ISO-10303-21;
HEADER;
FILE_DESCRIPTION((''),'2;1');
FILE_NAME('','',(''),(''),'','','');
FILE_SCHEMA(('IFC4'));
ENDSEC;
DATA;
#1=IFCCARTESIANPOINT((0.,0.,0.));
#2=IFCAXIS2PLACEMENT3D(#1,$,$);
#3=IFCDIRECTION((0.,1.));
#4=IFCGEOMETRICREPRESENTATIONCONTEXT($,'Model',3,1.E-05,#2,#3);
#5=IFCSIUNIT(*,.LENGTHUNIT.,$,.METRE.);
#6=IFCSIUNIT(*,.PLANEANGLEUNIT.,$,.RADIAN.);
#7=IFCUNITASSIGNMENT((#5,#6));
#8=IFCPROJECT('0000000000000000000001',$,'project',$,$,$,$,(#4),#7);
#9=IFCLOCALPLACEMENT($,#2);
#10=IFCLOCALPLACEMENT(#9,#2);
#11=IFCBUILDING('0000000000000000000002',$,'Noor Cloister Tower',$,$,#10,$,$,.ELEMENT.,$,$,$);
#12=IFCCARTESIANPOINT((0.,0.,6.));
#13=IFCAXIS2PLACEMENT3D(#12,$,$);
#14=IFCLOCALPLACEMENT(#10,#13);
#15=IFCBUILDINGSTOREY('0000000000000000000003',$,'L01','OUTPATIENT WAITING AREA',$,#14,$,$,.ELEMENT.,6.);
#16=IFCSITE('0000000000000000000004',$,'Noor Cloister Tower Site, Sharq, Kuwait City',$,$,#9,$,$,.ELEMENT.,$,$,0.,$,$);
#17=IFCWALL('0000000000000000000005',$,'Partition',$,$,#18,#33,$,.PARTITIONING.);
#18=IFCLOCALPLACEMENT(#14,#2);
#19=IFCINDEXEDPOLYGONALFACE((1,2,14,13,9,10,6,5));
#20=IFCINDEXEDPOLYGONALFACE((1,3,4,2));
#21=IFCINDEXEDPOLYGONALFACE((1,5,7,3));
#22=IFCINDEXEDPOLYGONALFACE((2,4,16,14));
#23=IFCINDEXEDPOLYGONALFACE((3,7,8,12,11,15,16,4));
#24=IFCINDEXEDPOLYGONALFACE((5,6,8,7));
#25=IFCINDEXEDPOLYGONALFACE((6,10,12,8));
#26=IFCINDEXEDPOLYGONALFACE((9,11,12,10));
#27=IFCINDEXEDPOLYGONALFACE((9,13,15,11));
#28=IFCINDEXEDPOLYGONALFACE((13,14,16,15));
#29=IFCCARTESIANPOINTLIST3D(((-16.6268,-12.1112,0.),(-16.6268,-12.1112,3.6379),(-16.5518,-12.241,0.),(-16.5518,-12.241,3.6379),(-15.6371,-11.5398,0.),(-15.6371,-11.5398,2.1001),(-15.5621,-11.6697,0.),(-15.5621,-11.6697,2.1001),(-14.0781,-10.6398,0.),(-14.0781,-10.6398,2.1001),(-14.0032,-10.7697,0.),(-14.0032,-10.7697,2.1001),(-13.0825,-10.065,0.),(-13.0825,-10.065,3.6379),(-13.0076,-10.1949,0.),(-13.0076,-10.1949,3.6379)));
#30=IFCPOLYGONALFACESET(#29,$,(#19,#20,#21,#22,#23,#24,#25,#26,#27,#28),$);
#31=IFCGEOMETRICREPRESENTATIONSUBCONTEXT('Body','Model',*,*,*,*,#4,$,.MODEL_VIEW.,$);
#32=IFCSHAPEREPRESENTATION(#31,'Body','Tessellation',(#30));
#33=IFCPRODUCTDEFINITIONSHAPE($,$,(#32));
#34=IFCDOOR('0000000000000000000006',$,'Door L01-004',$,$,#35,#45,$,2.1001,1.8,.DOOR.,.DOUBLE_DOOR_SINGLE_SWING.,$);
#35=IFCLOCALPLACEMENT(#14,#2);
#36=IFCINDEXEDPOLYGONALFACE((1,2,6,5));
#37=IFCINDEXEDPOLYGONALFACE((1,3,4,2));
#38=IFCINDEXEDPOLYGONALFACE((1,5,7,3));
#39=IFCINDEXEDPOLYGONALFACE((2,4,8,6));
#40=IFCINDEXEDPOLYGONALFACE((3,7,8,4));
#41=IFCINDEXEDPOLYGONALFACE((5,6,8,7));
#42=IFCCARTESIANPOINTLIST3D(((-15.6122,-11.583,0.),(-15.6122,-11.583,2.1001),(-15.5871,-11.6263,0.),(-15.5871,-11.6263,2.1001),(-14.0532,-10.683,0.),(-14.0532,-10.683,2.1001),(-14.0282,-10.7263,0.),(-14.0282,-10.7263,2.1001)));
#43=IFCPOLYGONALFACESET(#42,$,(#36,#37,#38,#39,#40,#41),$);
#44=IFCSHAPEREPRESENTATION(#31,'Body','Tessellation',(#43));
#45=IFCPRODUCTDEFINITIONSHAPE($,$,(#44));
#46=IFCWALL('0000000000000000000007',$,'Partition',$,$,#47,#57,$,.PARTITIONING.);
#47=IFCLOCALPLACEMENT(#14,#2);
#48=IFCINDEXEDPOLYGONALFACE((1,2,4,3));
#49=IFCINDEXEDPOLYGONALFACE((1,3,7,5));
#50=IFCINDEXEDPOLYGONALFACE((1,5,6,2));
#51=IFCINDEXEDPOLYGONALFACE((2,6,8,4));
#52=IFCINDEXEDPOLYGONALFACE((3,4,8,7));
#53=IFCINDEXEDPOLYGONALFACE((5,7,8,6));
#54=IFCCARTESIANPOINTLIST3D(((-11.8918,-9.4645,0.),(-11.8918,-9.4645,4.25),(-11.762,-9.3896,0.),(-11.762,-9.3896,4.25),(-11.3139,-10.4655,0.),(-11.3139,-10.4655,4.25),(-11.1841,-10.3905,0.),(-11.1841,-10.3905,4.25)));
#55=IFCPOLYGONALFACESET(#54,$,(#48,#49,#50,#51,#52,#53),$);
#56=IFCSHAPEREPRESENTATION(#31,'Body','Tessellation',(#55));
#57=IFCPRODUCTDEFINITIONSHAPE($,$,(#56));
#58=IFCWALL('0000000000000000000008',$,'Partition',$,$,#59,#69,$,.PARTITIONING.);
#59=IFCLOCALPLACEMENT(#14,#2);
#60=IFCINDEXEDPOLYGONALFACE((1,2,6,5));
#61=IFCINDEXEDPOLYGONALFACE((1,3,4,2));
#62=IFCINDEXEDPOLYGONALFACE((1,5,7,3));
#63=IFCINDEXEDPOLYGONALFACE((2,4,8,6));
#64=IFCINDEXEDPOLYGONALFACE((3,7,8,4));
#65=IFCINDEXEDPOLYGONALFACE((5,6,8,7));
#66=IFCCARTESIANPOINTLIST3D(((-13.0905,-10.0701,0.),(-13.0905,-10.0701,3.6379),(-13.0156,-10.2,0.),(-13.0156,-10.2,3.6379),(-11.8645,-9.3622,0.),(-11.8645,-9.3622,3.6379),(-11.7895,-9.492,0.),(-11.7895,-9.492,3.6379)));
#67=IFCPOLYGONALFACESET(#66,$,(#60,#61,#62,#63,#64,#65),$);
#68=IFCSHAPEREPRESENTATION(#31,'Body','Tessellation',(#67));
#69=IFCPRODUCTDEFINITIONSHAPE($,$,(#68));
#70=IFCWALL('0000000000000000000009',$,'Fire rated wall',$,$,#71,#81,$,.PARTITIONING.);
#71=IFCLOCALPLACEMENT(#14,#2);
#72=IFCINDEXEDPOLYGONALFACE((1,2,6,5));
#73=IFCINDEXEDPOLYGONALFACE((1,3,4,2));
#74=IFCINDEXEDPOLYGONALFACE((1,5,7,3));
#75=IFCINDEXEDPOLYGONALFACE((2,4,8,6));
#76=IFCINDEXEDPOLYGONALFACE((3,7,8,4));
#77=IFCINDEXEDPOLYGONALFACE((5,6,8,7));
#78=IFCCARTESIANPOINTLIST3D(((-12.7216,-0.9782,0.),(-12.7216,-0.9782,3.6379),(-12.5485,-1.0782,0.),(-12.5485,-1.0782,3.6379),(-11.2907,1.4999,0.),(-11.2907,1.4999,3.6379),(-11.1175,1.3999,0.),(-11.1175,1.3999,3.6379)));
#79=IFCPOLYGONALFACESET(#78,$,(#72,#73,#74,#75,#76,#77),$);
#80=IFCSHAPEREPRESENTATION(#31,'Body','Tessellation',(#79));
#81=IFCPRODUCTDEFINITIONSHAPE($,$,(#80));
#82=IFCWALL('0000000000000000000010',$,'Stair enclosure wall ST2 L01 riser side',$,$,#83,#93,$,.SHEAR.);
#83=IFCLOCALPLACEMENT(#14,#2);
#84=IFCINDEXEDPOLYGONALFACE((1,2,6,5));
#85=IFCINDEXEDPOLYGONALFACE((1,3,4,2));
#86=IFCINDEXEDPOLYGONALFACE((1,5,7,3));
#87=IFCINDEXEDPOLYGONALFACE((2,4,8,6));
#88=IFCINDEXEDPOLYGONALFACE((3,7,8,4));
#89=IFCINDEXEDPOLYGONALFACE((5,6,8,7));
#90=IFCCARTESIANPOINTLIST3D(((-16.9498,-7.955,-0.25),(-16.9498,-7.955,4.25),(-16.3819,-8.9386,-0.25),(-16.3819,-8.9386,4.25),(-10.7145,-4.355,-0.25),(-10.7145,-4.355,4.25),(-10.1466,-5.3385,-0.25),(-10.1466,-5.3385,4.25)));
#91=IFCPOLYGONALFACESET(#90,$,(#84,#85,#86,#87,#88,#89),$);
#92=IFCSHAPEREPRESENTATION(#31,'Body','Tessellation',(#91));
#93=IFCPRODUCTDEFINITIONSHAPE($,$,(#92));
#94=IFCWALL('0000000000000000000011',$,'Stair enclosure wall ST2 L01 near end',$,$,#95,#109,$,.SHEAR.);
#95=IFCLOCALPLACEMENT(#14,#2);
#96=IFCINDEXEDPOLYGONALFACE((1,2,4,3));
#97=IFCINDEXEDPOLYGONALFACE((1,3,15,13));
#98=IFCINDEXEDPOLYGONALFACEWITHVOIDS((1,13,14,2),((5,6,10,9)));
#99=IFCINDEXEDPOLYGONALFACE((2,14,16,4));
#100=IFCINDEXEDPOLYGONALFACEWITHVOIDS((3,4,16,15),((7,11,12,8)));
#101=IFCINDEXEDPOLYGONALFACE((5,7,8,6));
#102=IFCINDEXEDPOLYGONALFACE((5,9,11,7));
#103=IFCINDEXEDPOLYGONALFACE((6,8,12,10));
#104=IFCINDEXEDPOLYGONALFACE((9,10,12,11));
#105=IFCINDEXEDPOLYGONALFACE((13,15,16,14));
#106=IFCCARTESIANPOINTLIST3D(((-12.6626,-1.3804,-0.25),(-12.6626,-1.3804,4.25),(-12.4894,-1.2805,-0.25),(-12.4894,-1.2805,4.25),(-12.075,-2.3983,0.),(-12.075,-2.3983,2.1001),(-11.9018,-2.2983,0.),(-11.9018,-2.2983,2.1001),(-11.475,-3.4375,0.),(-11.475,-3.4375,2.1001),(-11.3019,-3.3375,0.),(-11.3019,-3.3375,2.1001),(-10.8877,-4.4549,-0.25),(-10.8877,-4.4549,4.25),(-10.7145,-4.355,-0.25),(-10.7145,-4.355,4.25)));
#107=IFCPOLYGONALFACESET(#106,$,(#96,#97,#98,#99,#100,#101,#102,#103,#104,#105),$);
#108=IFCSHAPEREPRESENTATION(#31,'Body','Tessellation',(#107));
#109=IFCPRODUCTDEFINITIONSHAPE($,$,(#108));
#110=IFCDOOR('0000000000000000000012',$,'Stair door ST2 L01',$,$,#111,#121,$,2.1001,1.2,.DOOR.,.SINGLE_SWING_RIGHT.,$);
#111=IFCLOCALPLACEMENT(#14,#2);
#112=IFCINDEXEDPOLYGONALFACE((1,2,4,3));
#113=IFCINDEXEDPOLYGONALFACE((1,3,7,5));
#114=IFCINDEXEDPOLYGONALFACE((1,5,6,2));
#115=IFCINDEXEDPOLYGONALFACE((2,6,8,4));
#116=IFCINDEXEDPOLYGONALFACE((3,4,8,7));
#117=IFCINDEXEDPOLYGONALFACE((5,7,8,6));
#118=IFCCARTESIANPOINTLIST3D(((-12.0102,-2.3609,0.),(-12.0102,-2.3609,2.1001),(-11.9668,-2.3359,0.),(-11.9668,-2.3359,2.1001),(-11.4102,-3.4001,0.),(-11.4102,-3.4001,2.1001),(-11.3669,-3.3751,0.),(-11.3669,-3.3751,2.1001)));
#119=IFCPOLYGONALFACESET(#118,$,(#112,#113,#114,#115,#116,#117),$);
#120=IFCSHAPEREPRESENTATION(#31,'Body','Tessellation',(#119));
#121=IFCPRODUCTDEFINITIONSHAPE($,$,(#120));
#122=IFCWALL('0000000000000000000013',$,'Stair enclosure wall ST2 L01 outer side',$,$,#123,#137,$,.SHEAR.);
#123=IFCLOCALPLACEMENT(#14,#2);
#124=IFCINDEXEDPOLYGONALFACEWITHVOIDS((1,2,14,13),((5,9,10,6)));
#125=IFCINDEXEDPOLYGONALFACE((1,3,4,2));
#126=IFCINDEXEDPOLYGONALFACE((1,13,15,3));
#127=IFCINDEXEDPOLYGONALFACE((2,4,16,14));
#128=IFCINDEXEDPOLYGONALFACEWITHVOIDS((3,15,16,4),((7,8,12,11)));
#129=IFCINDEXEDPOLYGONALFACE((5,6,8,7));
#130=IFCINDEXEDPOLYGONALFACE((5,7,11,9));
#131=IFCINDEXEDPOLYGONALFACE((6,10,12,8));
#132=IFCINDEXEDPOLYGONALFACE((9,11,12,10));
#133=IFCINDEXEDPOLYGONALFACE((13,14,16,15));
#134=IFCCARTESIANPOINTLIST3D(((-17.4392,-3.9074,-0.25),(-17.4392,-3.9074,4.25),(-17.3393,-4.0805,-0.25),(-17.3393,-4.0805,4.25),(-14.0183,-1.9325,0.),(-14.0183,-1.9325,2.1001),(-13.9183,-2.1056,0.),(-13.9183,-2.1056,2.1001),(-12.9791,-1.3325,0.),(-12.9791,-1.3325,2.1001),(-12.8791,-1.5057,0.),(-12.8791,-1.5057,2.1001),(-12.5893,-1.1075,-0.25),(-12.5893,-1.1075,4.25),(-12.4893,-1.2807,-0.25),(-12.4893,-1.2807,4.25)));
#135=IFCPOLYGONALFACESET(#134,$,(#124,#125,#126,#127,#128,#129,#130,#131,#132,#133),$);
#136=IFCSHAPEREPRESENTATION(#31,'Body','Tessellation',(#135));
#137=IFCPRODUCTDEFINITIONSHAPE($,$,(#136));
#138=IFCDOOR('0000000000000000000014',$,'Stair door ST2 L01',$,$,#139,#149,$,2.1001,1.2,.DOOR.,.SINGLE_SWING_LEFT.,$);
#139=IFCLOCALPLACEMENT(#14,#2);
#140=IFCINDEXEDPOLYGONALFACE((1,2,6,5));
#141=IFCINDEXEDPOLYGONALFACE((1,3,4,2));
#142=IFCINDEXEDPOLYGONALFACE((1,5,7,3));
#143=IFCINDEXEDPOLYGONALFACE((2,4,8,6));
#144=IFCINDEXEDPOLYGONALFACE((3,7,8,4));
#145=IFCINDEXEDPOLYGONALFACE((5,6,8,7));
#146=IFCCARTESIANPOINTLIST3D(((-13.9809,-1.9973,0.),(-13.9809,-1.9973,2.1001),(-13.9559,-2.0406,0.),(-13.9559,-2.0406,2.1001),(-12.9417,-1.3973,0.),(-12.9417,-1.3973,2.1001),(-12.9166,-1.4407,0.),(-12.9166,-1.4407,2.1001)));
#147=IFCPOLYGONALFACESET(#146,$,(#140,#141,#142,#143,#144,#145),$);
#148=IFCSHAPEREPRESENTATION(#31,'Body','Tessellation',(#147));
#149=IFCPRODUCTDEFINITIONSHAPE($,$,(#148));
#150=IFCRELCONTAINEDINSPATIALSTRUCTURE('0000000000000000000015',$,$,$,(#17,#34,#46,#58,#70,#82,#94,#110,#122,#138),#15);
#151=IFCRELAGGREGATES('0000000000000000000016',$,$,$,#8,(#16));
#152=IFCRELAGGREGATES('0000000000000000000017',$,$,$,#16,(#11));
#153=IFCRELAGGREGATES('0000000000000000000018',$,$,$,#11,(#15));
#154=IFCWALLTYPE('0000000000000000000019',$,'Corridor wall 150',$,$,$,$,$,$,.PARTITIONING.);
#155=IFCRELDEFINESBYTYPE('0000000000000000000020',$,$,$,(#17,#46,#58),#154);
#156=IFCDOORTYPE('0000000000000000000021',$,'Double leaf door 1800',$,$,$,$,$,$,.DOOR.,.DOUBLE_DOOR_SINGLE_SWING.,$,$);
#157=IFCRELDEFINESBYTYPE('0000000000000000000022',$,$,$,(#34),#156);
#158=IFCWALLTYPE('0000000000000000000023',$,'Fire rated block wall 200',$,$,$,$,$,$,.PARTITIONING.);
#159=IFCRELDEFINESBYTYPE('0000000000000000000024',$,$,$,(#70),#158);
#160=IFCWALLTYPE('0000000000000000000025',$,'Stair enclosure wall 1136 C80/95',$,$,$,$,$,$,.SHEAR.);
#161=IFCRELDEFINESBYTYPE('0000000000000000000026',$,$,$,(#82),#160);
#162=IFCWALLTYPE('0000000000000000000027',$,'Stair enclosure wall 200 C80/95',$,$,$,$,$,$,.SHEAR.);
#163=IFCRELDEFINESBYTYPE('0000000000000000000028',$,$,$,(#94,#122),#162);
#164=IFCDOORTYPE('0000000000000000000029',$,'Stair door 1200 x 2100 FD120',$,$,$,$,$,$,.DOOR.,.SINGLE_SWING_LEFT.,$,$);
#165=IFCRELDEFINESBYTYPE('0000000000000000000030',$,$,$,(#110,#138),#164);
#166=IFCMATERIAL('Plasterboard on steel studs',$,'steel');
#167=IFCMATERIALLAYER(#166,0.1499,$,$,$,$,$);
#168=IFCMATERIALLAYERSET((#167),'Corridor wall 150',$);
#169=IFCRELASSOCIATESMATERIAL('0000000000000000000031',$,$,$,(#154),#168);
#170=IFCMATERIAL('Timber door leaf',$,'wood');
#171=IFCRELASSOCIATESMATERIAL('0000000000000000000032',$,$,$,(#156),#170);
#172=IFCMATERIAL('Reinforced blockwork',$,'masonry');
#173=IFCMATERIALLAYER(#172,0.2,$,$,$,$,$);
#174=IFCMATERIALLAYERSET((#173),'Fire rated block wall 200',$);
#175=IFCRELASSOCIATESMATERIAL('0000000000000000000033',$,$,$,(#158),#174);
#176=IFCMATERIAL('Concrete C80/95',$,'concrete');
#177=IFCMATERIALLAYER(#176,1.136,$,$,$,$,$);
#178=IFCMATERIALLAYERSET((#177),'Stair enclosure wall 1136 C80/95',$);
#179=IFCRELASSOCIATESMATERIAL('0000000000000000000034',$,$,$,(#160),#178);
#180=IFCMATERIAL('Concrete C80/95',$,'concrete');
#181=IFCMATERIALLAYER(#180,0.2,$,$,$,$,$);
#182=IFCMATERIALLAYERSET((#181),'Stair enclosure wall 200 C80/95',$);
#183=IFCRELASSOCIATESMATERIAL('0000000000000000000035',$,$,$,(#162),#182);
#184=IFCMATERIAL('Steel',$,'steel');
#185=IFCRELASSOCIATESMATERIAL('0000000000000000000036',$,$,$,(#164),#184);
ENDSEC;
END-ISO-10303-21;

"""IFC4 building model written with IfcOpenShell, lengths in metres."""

from ifc_helpers import new_model, si_unit, direction, frame, frame_2d, origin, place, context, subcontext, project, spatial, rectangle, extrude, material, layer, layer_set, type_object, element, fill, save


model = new_model("IFC4")

# Units and contexts
model_context = context("Model", 3, precision=1e-05, world=origin(), true_north=direction((0.0, 1.0)))
body_context = subcontext(model_context, "Body", "Model", "MODEL_VIEW")
ifc_project = project(units=[si_unit("LENGTHUNIT", "METRE"), si_unit("PLANEANGLEUNIT", "RADIAN")], contexts=[model_context])

# Site, building, storey
site_placement = place(None, origin())
site = spatial("IfcSite", under=ifc_project, at=site_placement, Name="Noor Cloister Tower Site, Sharq, Kuwait City", CompositionType="ELEMENT", RefElevation=0.0)
building_placement = place(site_placement, origin())
building = spatial("IfcBuilding", under=site, at=building_placement, Name="Noor Cloister Tower", CompositionType="ELEMENT")
storey_placement = place(building_placement, frame((0.0, 0.0, 6.0)))
storey = spatial("IfcBuildingStorey", under=building, at=storey_placement, Name="L01", Description="OUTPATIENT WAITING AREA", CompositionType="ELEMENT", Elevation=6.0)

# Wall, opening, door
ifc_material_1 = material(Name="Plasterboard on steel studs", Category="steel")
ifc_layer_1 = layer(ifc_material_1, 0.1499)
ifc_layer_set_1 = layer_set([ifc_layer_1], Name="Corridor wall 150")
wall_type_1 = type_object("IfcWallType", Name="Corridor wall 150", PredefinedType="PARTITIONING", material=ifc_layer_set_1)
wall_1_placement = place(storey_placement, frame((-13.0449, -10.1299, 0.0), z_axis=(0.0, 0.0, 1.0), x_axis=(-0.866036, -0.499982, 0.0)))
wall_1 = element("IfcWall", 1, at=wall_1_placement, inside=storey, type_object=wall_type_1, Name="Partition", PredefinedType="PARTITIONING", context=body_context, shape_type="SweptSolid", body=[
    extrude(rectangle(XDim=4.0925, YDim=0.1499, at=frame_2d((2.0464, 0.0))), origin(), (0.0, 0.0, 1.0), 3.6379),
])
opening_1_placement = place(wall_1_placement, frame((1.1499, 0.0, 0.0)))
opening_1 = element("IfcOpeningElement", 2, at=opening_1_placement, cuts=wall_1, PredefinedType="OPENING", context=body_context, shape_type="SweptSolid", body=[
    extrude(rectangle(XDim=1.8, YDim=2.1001, at=frame_2d((0.8999, 1.05))), frame((0.0, 0.085, 0.0), z_axis=(0.0, -1.0, 0.0), x_axis=(1.0, 0.0, 0.0)), (0.0, 0.0, 1.0), 0.1699),
])
ifc_material_2 = material(Name="Timber door leaf", Category="wood")
door_type_1 = type_object("IfcDoorType", Name="Double leaf door 1800", OperationType="DOUBLE_DOOR_SINGLE_SWING", PredefinedType="DOOR", material=ifc_material_2)
door_1_placement = place(opening_1_placement, origin())
door_1 = element("IfcDoor", 3, at=door_1_placement, inside=storey, type_object=door_type_1, Name="Door L01-004", OperationType="DOUBLE_DOOR_SINGLE_SWING", OverallHeight=2.1001, OverallWidth=1.8, PredefinedType="DOOR", context=body_context, shape_type="SweptSolid", body=[
    extrude(rectangle(XDim=1.8, YDim=2.1001, at=frame_2d((0.8999, 1.05))), frame((0.0, 0.0249, 0.0), z_axis=(0.0, -1.0, 0.0), x_axis=(1.0, 0.0, 0.0)), (0.0, 0.0, 1.0), 0.05),
])
fill(opening_1, door_1)

# Walls
wall_2_placement = place(storey_placement, frame((-11.249, -10.428, 0.0), z_axis=(0.0, 0.0, 1.0), x_axis=(-0.499978, 0.866038, 0.0)))
element("IfcWall", 4, at=wall_2_placement, inside=storey, type_object=wall_type_1, Name="Partition", PredefinedType="PARTITIONING", context=body_context, shape_type="SweptSolid", body=[
    extrude(rectangle(XDim=1.1558, YDim=0.1499, at=frame_2d((0.5779, 0.0))), origin(), (0.0, 0.0, 1.0), 4.25),
])
wall_3_placement = place(storey_placement, frame((-11.8269, -9.427, 0.0), z_axis=(0.0, 0.0, 1.0), x_axis=(-0.865985, -0.500071, 0.0)))
element("IfcWall", 5, at=wall_3_placement, inside=storey, type_object=wall_type_1, Name="Partition", PredefinedType="PARTITIONING", context=body_context, shape_type="SweptSolid", body=[
    extrude(rectangle(XDim=1.4158, YDim=0.1499, at=frame_2d((0.708, 0.0))), origin(), (0.0, 0.0, 1.0), 3.6379),
])
ifc_material_3 = material(Name="Reinforced blockwork", Category="masonry")
ifc_layer_2 = layer(ifc_material_3, 0.2)
ifc_layer_set_2 = layer_set([ifc_layer_2], Name="Fire rated block wall 200")
wall_type_2 = type_object("IfcWallType", Name="Fire rated block wall 200", PredefinedType="PARTITIONING", material=ifc_layer_set_2)
wall_4_placement = place(storey_placement, frame((-12.635, -1.0281, 0.0), z_axis=(0.0, 0.0, 1.0), x_axis=(0.500057, 0.865992, 0.0)))
element("IfcWall", 6, at=wall_4_placement, inside=storey, type_object=wall_type_2, Name="Fire rated wall", PredefinedType="PARTITIONING", context=body_context, shape_type="SweptSolid", body=[
    extrude(rectangle(XDim=2.8616, YDim=0.2, at=frame_2d((1.4307, 0.0))), origin(), (0.0, 0.0, 1.0), 3.6379),
])
ifc_material_4 = material(Name="Concrete C80/95", Category="concrete")
ifc_layer_3 = layer(ifc_material_4, 1.136)
ifc_layer_set_3 = layer_set([ifc_layer_3], Name="Stair enclosure wall 1136 C80/95")
wall_type_3 = type_object("IfcWallType", Name="Stair enclosure wall 1136 C80/95", PredefinedType="SHEAR", material=ifc_layer_set_3)
wall_5_placement = place(storey_placement, frame((-10.4304, -4.8467, -0.25), z_axis=(0.0, 0.0, 1.0), x_axis=(-0.866018, -0.500012, 0.0)))
element("IfcWall", 7, at=wall_5_placement, inside=storey, type_object=wall_type_3, Name="Stair enclosure wall ST2 L01 riser side", PredefinedType="SHEAR", context=body_context, shape_type="SweptSolid", body=[
    extrude(rectangle(XDim=7.2, YDim=1.1357, at=frame_2d((3.6001, 0.0))), origin(), (0.0, 0.0, 1.0), 4.5),
])

# Walls, openings, doors
ifc_material_5 = material(Name="Concrete C80/95", Category="concrete")
ifc_layer_4 = layer(ifc_material_5, 0.2)
ifc_layer_set_4 = layer_set([ifc_layer_4], Name="Stair enclosure wall 200 C80/95")
wall_type_4 = type_object("IfcWallType", Name="Stair enclosure wall 200 C80/95", PredefinedType="SHEAR", material=ifc_layer_set_4)
wall_6_placement = place(storey_placement, frame((-12.5759, -1.3306, -0.25), z_axis=(0.0, 0.0, 1.0), x_axis=(0.49997, -0.866042, 0.0)))
wall_6 = element("IfcWall", 8, at=wall_6_placement, inside=storey, type_object=wall_type_4, Name="Stair enclosure wall ST2 L01 near end", PredefinedType="SHEAR", context=body_context, shape_type="SweptSolid", body=[
    extrude(rectangle(XDim=3.55, YDim=0.2, at=frame_2d((1.7749, 0.0))), origin(), (0.0, 0.0, 1.0), 4.5),
])
opening_2_placement = place(wall_6_placement, frame((1.175, 0.0, 0.25)))
opening_2 = element("IfcOpeningElement", 9, at=opening_2_placement, cuts=wall_6, PredefinedType="OPENING", context=body_context, shape_type="SweptSolid", body=[
    extrude(rectangle(XDim=1.2, YDim=2.1001, at=frame_2d((0.6001, 1.05))), frame((0.0, 0.1099, 0.0), z_axis=(0.0, -1.0, 0.0), x_axis=(1.0, 0.0, 0.0)), (0.0, 0.0, 1.0), 0.22),
])
ifc_material_6 = material(Name="Steel", Category="steel")
door_type_2 = type_object("IfcDoorType", Name="Stair door 1200 x 2100 FD120", OperationType="SINGLE_SWING_LEFT", PredefinedType="DOOR", material=ifc_material_6)
door_2_placement = place(opening_2_placement, origin())
door_2 = element("IfcDoor", 10, at=door_2_placement, inside=storey, type_object=door_type_2, Name="Stair door ST2 L01", OperationType="SINGLE_SWING_RIGHT", OverallHeight=2.1001, OverallWidth=1.2, PredefinedType="DOOR", context=body_context, shape_type="SweptSolid", body=[
    extrude(rectangle(XDim=1.2, YDim=2.1001, at=frame_2d((0.6001, 1.05))), frame((0.0, 0.0249, 0.0), z_axis=(0.0, -1.0, 0.0), x_axis=(1.0, 0.0, 0.0)), (0.0, 0.0, 1.0), 0.05),
])
fill(opening_2, door_2)
wall_7_placement = place(storey_placement, frame((-12.5393, -1.1941, -0.25), z_axis=(0.0, 0.0, 1.0), x_axis=(-0.866045, -0.499965, 0.0)))
wall_7 = element("IfcWall", 11, at=wall_7_placement, inside=storey, type_object=wall_type_4, Name="Stair enclosure wall ST2 L01 outer side", PredefinedType="SHEAR", context=body_context, shape_type="SweptSolid", body=[
    extrude(rectangle(XDim=5.6001, YDim=0.2, at=frame_2d((2.8, 0.0))), origin(), (0.0, 0.0, 1.0), 4.5),
])
opening_3_placement = place(wall_7_placement, frame((0.45, 0.0, 0.25)))
opening_3 = element("IfcOpeningElement", 12, at=opening_3_placement, cuts=wall_7, PredefinedType="OPENING", context=body_context, shape_type="SweptSolid", body=[
    extrude(rectangle(XDim=1.2, YDim=2.1001, at=frame_2d((0.6001, 1.05))), frame((0.0, 0.1099, 0.0), z_axis=(0.0, -1.0, 0.0), x_axis=(1.0, 0.0, 0.0)), (0.0, 0.0, 1.0), 0.22),
])
door_3_placement = place(opening_3_placement, origin())
door_3 = element("IfcDoor", 13, at=door_3_placement, inside=storey, type_object=door_type_2, Name="Stair door ST2 L01", OperationType="SINGLE_SWING_LEFT", OverallHeight=2.1001, OverallWidth=1.2, PredefinedType="DOOR", context=body_context, shape_type="SweptSolid", body=[
    extrude(rectangle(XDim=1.2, YDim=2.1001, at=frame_2d((0.6001, 1.05))), frame((0.0, 0.0249, 0.0), z_axis=(0.0, -1.0, 0.0), x_axis=(1.0, 0.0, 0.0)), (0.0, 0.0, 1.0), 0.05),
])
fill(opening_3, door_3)

save(model, "model.ifc")
